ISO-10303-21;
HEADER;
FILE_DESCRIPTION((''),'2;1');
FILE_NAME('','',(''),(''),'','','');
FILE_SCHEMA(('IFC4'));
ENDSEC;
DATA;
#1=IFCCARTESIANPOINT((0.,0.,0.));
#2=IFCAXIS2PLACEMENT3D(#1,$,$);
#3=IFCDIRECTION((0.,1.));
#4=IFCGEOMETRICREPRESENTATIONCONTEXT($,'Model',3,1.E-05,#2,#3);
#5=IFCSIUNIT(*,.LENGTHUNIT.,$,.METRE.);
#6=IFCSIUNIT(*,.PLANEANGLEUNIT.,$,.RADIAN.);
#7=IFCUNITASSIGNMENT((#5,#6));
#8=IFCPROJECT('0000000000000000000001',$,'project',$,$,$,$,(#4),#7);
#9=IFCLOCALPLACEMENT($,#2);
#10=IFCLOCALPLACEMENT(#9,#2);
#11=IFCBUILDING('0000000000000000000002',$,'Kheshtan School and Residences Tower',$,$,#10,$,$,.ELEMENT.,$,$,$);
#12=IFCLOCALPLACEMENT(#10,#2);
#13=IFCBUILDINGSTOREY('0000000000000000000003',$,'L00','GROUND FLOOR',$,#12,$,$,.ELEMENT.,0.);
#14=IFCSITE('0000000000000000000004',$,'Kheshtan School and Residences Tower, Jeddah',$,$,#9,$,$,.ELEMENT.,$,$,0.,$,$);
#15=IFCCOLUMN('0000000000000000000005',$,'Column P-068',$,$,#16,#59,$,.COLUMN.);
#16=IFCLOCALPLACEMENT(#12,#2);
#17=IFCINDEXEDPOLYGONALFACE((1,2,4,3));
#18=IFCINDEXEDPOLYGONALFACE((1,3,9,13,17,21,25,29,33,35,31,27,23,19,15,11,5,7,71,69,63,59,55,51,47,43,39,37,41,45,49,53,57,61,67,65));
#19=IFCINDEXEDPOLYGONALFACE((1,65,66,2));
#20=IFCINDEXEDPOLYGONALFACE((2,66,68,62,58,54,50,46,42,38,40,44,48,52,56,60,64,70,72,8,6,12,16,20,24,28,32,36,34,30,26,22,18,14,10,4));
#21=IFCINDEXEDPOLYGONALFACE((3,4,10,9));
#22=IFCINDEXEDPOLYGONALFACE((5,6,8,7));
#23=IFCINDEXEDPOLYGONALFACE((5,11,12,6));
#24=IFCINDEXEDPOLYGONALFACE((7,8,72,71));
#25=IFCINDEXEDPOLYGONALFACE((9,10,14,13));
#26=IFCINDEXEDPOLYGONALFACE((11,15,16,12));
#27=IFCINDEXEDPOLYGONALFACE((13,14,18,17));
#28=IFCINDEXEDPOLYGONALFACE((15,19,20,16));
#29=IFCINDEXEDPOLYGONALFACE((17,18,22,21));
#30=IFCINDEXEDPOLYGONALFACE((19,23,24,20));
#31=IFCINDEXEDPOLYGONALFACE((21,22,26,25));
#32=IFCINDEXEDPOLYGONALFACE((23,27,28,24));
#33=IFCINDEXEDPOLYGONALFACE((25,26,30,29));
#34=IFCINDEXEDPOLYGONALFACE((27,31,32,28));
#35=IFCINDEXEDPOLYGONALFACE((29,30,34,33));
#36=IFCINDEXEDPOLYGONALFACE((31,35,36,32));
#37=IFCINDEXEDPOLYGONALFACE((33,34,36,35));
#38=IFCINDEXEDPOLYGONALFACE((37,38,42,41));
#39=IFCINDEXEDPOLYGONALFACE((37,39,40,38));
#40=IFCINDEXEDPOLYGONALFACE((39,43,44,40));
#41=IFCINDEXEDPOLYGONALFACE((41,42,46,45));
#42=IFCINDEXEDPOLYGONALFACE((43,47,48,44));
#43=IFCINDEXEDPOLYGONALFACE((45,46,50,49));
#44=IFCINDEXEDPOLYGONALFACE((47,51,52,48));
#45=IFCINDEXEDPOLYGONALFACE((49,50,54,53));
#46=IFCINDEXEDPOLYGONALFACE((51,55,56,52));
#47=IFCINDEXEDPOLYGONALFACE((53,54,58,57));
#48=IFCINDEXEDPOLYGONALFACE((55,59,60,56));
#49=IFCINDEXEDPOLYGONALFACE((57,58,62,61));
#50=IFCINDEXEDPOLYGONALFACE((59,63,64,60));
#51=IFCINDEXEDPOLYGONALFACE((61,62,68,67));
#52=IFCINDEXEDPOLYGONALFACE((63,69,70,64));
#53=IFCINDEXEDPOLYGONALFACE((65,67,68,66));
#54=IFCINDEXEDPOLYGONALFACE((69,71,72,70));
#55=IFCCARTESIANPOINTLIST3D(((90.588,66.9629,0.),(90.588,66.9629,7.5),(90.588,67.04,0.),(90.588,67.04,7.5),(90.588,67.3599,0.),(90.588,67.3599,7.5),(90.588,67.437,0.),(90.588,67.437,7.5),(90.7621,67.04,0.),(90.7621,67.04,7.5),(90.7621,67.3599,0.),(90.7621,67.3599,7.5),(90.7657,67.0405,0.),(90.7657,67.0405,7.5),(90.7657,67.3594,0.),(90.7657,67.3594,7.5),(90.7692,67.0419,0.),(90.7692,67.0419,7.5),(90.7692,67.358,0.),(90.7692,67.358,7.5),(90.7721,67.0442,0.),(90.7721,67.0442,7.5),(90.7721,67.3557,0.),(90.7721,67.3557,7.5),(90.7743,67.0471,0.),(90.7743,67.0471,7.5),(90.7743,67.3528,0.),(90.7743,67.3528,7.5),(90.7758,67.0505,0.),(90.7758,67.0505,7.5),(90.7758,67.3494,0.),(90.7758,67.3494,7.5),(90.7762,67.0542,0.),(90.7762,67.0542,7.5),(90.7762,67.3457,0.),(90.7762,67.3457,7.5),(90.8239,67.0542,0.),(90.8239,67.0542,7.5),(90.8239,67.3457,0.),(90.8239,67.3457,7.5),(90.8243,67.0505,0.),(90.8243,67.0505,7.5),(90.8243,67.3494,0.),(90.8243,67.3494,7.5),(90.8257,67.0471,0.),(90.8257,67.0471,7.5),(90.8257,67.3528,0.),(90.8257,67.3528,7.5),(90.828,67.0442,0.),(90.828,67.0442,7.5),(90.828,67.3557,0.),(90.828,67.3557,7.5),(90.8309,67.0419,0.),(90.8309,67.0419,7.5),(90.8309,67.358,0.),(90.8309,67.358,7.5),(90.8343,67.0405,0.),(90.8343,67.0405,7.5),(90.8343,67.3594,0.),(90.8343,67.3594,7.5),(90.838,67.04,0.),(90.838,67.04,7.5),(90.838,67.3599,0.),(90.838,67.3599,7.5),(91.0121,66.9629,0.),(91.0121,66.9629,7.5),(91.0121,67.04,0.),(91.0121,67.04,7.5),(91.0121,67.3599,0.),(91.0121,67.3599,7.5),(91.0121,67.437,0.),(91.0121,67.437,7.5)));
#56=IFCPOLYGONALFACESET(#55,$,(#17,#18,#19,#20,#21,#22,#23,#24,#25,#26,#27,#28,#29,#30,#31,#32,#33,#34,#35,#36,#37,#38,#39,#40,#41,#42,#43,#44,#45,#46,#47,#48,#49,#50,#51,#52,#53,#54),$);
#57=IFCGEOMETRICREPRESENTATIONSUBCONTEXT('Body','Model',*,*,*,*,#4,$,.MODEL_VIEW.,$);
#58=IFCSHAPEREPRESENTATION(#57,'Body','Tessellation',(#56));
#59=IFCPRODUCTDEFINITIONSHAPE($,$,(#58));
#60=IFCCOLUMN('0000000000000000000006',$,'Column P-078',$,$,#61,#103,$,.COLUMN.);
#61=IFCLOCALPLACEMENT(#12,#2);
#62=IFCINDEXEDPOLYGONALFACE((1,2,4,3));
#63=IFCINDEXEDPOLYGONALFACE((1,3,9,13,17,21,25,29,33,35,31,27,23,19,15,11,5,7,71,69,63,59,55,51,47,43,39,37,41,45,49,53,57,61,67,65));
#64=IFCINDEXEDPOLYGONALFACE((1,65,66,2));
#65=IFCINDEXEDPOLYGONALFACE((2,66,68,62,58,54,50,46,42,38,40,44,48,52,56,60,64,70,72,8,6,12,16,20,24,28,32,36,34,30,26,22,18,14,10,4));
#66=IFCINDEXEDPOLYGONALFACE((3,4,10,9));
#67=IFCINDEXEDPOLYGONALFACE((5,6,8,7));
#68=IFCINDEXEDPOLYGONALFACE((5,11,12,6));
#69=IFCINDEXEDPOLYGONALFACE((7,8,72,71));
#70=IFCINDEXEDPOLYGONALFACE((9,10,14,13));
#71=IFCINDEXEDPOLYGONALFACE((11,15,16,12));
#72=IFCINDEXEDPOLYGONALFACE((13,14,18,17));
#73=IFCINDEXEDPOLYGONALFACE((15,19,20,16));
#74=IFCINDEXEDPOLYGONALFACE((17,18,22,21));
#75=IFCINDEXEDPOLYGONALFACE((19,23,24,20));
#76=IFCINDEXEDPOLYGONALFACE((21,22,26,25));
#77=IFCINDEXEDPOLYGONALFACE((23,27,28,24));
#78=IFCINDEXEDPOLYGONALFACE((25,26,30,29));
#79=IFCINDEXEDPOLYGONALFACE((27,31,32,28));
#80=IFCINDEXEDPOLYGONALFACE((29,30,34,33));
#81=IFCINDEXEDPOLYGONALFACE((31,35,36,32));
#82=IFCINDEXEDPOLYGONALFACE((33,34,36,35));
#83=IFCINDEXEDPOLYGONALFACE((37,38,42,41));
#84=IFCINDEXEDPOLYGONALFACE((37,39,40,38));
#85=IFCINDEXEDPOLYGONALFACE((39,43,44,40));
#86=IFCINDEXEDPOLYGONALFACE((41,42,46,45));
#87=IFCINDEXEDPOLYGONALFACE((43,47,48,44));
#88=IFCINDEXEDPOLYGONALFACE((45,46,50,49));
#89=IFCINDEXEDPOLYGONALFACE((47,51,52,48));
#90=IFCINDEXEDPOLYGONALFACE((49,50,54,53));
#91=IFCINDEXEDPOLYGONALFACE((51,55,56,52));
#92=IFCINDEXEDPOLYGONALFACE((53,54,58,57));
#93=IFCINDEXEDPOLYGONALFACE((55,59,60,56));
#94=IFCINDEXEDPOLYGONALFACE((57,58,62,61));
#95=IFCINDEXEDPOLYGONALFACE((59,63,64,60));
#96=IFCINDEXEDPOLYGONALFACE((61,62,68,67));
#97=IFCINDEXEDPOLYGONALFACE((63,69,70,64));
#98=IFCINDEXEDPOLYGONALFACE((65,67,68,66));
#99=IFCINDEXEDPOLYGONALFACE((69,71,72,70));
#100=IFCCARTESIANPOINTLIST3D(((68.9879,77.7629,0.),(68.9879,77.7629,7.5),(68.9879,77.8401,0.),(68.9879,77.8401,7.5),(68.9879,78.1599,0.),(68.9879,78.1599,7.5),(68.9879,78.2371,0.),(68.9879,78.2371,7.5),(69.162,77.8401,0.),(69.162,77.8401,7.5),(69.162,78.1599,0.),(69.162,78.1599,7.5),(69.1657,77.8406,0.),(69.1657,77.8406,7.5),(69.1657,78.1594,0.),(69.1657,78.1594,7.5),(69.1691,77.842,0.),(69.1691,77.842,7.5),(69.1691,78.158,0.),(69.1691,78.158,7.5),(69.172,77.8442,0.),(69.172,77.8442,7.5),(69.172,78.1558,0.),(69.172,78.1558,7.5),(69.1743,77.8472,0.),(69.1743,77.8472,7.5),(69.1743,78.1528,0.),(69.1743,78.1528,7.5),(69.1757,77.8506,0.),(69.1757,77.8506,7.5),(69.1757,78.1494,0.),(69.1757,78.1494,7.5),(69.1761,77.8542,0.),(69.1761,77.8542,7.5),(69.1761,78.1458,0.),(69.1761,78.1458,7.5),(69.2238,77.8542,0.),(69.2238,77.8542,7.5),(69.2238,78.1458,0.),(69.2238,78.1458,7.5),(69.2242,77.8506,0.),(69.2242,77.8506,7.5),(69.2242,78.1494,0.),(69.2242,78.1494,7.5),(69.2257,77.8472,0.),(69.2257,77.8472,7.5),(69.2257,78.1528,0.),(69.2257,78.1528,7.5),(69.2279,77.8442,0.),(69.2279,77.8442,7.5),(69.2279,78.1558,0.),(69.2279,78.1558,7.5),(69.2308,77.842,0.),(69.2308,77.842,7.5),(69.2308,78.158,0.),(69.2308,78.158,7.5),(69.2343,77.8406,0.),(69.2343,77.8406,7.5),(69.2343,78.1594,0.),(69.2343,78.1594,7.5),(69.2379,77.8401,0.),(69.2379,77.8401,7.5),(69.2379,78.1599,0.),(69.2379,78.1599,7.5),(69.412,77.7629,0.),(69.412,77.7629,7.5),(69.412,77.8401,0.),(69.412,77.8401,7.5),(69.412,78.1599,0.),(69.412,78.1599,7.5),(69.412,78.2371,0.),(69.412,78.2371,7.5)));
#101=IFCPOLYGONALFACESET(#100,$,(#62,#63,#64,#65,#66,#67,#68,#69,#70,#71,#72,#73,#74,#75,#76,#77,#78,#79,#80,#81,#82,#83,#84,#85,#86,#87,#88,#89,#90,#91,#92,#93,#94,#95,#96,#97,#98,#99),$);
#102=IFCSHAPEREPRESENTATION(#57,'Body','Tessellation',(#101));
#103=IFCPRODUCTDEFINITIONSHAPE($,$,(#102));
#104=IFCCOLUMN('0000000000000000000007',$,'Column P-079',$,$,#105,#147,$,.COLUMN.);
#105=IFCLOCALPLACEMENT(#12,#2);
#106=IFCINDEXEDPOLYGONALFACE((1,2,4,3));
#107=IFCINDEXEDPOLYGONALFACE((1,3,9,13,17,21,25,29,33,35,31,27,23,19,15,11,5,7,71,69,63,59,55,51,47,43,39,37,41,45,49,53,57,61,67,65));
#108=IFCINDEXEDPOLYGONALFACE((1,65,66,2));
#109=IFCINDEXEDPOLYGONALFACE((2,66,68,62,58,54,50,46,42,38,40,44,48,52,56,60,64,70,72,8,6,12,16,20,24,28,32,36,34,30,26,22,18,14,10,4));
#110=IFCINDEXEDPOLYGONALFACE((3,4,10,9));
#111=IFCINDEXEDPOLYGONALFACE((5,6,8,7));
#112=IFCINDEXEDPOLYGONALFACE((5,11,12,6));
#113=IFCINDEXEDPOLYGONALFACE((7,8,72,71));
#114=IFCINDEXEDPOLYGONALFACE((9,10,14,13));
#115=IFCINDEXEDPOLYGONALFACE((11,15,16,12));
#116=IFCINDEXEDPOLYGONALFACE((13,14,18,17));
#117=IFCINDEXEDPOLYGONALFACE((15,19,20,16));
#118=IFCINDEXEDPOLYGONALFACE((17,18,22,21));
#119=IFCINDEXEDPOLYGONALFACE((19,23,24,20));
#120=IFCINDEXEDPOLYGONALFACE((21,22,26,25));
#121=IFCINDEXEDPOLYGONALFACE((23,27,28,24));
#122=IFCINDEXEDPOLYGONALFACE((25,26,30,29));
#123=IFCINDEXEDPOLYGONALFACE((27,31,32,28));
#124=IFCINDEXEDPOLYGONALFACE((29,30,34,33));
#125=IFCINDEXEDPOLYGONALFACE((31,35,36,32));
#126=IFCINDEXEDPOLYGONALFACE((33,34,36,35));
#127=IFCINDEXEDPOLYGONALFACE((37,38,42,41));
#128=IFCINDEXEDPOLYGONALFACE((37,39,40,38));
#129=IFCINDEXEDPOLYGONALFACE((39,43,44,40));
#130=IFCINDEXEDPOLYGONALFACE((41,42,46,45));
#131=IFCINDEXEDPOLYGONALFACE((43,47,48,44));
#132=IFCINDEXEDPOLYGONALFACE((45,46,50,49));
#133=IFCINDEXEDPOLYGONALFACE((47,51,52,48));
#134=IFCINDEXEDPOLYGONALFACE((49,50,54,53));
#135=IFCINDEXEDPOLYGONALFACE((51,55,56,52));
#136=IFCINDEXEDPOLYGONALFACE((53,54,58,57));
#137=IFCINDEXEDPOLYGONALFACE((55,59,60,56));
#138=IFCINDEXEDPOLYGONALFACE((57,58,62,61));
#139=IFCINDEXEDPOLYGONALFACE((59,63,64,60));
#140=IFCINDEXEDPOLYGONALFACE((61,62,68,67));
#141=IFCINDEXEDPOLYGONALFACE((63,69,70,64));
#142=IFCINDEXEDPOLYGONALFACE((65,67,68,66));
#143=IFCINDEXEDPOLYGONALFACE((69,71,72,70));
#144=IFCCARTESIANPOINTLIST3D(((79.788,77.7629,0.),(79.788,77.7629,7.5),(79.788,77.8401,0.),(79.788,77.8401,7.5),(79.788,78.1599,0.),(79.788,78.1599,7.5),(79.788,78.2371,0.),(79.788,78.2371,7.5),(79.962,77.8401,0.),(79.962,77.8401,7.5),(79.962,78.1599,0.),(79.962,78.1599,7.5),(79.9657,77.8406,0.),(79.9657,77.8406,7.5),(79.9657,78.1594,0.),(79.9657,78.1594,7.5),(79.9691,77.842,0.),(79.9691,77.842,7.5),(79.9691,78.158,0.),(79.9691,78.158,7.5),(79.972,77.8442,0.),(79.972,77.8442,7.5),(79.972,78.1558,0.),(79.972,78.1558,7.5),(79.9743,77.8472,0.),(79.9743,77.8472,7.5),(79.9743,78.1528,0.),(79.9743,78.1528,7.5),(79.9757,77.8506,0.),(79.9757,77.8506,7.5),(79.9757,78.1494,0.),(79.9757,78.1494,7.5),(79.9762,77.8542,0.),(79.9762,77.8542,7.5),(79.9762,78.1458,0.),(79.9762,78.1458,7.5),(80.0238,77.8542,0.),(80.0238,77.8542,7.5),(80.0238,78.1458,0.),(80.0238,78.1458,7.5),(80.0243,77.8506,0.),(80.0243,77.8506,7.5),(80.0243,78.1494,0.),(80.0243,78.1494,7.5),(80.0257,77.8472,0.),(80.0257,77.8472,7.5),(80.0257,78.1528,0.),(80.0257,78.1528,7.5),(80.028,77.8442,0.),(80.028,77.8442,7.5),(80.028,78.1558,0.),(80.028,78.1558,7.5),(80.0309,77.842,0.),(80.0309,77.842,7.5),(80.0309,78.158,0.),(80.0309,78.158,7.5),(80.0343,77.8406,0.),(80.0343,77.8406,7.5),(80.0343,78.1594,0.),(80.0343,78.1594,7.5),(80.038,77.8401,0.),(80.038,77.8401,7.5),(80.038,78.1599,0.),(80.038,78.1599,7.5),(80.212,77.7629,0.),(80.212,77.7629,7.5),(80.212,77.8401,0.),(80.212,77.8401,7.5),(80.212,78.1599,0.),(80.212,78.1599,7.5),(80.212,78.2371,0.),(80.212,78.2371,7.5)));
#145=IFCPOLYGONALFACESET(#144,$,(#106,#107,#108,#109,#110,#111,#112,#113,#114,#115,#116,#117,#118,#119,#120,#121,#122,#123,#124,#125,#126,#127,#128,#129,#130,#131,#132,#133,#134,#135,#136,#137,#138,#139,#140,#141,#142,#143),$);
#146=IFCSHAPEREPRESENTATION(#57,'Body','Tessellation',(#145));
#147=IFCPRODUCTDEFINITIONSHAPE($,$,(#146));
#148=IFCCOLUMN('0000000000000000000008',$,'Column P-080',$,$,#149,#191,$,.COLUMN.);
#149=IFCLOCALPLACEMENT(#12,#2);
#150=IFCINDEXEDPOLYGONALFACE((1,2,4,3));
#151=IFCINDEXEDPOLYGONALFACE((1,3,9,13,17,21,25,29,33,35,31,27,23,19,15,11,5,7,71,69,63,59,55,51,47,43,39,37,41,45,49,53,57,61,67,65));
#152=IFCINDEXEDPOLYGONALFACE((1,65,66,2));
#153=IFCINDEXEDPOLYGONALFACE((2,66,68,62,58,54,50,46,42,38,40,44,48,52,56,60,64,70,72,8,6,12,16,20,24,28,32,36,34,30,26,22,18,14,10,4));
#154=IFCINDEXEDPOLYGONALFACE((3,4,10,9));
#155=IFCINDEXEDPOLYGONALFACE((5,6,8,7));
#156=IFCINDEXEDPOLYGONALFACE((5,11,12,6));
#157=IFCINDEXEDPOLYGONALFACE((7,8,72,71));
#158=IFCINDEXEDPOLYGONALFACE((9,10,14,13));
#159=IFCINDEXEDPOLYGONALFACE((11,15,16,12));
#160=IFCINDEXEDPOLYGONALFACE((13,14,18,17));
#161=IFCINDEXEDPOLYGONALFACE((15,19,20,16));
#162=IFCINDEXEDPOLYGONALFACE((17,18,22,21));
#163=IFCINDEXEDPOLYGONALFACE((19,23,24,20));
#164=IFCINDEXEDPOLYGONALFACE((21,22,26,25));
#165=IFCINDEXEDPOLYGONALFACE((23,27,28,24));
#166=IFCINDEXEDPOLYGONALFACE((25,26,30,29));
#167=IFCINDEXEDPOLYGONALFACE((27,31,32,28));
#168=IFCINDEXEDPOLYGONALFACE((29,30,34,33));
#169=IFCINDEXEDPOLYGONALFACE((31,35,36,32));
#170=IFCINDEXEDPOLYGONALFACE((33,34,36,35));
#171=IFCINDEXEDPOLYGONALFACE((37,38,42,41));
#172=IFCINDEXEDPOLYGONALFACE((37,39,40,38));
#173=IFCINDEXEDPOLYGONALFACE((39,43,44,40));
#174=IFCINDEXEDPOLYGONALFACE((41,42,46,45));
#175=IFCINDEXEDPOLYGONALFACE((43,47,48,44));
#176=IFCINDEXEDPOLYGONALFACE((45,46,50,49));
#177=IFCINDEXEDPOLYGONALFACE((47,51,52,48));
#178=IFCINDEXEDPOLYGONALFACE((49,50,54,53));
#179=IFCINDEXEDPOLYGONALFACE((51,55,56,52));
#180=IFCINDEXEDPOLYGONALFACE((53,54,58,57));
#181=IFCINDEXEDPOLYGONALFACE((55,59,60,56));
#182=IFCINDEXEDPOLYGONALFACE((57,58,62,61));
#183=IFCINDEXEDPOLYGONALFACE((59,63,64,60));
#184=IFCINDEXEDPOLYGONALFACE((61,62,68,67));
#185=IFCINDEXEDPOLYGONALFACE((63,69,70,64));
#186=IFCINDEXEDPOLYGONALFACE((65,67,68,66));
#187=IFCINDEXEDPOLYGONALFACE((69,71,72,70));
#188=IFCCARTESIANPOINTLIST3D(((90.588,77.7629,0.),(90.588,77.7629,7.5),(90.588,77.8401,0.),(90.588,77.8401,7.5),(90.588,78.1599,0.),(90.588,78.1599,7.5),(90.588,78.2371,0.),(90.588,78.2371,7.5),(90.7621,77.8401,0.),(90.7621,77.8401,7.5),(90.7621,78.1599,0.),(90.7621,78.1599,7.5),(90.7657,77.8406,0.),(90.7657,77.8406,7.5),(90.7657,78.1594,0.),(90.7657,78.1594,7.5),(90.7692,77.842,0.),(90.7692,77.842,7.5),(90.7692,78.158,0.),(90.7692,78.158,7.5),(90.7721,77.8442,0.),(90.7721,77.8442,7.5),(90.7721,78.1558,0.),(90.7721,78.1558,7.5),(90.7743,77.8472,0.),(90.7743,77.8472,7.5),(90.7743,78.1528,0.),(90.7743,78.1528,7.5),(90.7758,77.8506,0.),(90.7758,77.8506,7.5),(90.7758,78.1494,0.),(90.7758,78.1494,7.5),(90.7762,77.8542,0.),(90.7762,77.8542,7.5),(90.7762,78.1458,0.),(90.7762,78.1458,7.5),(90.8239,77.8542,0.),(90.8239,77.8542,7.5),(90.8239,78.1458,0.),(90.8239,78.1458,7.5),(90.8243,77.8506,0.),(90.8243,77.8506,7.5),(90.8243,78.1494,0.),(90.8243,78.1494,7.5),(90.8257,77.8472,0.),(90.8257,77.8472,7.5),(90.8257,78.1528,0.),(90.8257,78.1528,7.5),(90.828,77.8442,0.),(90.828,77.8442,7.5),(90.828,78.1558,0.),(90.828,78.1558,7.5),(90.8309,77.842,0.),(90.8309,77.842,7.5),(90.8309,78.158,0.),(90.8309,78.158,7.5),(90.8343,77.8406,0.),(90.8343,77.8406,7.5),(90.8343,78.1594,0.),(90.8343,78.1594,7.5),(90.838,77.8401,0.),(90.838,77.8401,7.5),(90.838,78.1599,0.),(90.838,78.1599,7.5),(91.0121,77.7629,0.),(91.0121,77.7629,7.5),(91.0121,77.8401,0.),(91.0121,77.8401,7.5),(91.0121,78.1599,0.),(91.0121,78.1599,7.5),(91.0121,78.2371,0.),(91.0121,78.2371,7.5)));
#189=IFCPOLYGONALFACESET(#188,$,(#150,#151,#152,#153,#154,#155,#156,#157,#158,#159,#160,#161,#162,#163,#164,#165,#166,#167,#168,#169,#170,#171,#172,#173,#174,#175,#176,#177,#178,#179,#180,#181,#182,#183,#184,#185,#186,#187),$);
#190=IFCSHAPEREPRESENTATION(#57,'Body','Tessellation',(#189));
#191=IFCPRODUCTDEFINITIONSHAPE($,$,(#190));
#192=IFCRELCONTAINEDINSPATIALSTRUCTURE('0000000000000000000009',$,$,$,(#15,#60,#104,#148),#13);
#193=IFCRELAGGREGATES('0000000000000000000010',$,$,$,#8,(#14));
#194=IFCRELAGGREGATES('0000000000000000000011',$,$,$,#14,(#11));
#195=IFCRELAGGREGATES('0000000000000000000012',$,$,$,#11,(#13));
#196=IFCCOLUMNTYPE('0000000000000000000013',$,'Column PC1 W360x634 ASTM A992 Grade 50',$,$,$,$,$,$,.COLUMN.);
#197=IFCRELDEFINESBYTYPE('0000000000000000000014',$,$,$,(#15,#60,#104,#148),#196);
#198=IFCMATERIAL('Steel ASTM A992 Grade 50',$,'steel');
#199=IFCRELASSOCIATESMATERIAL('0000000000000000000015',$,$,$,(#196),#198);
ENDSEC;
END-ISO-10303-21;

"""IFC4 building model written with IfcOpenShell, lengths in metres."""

from ifc_helpers import new_model, si_unit, direction, frame, origin, origin_2d, place, context, subcontext, project, spatial, i_section, extrude, material, material_profile, profile_set, type_object, element, save


model = new_model("IFC4")

# Units and contexts
model_context = context("Model", 3, precision=1e-05, world=origin(), true_north=direction((0.0, 1.0)))
body_context = subcontext(model_context, "Body", "Model", "MODEL_VIEW")
ifc_project = project(units=[si_unit("LENGTHUNIT", "METRE"), si_unit("PLANEANGLEUNIT", "RADIAN")], contexts=[model_context])

# Site, building, storey
site_placement = place(None, origin())
site = spatial("IfcSite", under=ifc_project, at=site_placement, Name="Kheshtan School and Residences Tower, Jeddah", CompositionType="ELEMENT", RefElevation=0.0)
building_placement = place(site_placement, origin())
building = spatial("IfcBuilding", under=site, at=building_placement, Name="Kheshtan School and Residences Tower", CompositionType="ELEMENT")
storey_placement = place(building_placement, origin())
storey = spatial("IfcBuildingStorey", under=building, at=storey_placement, Name="L00", Description="GROUND FLOOR", CompositionType="ELEMENT", Elevation=0.0)

# Columns
ifc_material_1 = material(Name="Steel ASTM A992 Grade 50", Category="steel")
ifc_material_profile_1 = material_profile(ifc_material_1, i_section(OverallWidth=0.4241, OverallDepth=0.4741, WebThickness=0.0476, FlangeThickness=0.0771, FilletRadius=0.0142, at=origin_2d()), Name="W360x634")
ifc_profile_set_1 = profile_set([ifc_material_profile_1], Name="Steel ASTM A992 Grade 50")
column_type = type_object("IfcColumnType", Name="Column PC1 W360x634 ASTM A992 Grade 50", PredefinedType="COLUMN", material=ifc_profile_set_1)
for number, where, z_axis, x_axis, name in (
    (1, (90.8, 67.2, 0.0), (0.0, 0.0, 1.0), (1.0, 0.0, 0.0), "Column P-068"),
    (2, (69.2, 78.0, 0.0), (0.0, 0.0, 1.0), (1.0, 0.0, 0.0), "Column P-078"),
    (3, (80.0, 78.0, 0.0), (0.0, 0.0, 1.0), (1.0, 0.0, 0.0), "Column P-079"),
    (4, (90.8, 78.0, 0.0), (0.0, 0.0, 1.0), (1.0, 0.0, 0.0), "Column P-080"),
):
    element("IfcColumn", number, at=place(storey_placement, frame(where, z_axis=z_axis, x_axis=x_axis)), inside=storey, type_object=column_type, Name=name, PredefinedType="COLUMN", context=body_context, shape_type="SweptSolid", body=[
        extrude(i_section(OverallWidth=0.4241, OverallDepth=0.4741, WebThickness=0.0476, FlangeThickness=0.0771, FilletRadius=0.0142, at=origin_2d()), origin(), (0.0, 0.0, 1.0), 7.5),
    ])

save(model, "model.ifc")
